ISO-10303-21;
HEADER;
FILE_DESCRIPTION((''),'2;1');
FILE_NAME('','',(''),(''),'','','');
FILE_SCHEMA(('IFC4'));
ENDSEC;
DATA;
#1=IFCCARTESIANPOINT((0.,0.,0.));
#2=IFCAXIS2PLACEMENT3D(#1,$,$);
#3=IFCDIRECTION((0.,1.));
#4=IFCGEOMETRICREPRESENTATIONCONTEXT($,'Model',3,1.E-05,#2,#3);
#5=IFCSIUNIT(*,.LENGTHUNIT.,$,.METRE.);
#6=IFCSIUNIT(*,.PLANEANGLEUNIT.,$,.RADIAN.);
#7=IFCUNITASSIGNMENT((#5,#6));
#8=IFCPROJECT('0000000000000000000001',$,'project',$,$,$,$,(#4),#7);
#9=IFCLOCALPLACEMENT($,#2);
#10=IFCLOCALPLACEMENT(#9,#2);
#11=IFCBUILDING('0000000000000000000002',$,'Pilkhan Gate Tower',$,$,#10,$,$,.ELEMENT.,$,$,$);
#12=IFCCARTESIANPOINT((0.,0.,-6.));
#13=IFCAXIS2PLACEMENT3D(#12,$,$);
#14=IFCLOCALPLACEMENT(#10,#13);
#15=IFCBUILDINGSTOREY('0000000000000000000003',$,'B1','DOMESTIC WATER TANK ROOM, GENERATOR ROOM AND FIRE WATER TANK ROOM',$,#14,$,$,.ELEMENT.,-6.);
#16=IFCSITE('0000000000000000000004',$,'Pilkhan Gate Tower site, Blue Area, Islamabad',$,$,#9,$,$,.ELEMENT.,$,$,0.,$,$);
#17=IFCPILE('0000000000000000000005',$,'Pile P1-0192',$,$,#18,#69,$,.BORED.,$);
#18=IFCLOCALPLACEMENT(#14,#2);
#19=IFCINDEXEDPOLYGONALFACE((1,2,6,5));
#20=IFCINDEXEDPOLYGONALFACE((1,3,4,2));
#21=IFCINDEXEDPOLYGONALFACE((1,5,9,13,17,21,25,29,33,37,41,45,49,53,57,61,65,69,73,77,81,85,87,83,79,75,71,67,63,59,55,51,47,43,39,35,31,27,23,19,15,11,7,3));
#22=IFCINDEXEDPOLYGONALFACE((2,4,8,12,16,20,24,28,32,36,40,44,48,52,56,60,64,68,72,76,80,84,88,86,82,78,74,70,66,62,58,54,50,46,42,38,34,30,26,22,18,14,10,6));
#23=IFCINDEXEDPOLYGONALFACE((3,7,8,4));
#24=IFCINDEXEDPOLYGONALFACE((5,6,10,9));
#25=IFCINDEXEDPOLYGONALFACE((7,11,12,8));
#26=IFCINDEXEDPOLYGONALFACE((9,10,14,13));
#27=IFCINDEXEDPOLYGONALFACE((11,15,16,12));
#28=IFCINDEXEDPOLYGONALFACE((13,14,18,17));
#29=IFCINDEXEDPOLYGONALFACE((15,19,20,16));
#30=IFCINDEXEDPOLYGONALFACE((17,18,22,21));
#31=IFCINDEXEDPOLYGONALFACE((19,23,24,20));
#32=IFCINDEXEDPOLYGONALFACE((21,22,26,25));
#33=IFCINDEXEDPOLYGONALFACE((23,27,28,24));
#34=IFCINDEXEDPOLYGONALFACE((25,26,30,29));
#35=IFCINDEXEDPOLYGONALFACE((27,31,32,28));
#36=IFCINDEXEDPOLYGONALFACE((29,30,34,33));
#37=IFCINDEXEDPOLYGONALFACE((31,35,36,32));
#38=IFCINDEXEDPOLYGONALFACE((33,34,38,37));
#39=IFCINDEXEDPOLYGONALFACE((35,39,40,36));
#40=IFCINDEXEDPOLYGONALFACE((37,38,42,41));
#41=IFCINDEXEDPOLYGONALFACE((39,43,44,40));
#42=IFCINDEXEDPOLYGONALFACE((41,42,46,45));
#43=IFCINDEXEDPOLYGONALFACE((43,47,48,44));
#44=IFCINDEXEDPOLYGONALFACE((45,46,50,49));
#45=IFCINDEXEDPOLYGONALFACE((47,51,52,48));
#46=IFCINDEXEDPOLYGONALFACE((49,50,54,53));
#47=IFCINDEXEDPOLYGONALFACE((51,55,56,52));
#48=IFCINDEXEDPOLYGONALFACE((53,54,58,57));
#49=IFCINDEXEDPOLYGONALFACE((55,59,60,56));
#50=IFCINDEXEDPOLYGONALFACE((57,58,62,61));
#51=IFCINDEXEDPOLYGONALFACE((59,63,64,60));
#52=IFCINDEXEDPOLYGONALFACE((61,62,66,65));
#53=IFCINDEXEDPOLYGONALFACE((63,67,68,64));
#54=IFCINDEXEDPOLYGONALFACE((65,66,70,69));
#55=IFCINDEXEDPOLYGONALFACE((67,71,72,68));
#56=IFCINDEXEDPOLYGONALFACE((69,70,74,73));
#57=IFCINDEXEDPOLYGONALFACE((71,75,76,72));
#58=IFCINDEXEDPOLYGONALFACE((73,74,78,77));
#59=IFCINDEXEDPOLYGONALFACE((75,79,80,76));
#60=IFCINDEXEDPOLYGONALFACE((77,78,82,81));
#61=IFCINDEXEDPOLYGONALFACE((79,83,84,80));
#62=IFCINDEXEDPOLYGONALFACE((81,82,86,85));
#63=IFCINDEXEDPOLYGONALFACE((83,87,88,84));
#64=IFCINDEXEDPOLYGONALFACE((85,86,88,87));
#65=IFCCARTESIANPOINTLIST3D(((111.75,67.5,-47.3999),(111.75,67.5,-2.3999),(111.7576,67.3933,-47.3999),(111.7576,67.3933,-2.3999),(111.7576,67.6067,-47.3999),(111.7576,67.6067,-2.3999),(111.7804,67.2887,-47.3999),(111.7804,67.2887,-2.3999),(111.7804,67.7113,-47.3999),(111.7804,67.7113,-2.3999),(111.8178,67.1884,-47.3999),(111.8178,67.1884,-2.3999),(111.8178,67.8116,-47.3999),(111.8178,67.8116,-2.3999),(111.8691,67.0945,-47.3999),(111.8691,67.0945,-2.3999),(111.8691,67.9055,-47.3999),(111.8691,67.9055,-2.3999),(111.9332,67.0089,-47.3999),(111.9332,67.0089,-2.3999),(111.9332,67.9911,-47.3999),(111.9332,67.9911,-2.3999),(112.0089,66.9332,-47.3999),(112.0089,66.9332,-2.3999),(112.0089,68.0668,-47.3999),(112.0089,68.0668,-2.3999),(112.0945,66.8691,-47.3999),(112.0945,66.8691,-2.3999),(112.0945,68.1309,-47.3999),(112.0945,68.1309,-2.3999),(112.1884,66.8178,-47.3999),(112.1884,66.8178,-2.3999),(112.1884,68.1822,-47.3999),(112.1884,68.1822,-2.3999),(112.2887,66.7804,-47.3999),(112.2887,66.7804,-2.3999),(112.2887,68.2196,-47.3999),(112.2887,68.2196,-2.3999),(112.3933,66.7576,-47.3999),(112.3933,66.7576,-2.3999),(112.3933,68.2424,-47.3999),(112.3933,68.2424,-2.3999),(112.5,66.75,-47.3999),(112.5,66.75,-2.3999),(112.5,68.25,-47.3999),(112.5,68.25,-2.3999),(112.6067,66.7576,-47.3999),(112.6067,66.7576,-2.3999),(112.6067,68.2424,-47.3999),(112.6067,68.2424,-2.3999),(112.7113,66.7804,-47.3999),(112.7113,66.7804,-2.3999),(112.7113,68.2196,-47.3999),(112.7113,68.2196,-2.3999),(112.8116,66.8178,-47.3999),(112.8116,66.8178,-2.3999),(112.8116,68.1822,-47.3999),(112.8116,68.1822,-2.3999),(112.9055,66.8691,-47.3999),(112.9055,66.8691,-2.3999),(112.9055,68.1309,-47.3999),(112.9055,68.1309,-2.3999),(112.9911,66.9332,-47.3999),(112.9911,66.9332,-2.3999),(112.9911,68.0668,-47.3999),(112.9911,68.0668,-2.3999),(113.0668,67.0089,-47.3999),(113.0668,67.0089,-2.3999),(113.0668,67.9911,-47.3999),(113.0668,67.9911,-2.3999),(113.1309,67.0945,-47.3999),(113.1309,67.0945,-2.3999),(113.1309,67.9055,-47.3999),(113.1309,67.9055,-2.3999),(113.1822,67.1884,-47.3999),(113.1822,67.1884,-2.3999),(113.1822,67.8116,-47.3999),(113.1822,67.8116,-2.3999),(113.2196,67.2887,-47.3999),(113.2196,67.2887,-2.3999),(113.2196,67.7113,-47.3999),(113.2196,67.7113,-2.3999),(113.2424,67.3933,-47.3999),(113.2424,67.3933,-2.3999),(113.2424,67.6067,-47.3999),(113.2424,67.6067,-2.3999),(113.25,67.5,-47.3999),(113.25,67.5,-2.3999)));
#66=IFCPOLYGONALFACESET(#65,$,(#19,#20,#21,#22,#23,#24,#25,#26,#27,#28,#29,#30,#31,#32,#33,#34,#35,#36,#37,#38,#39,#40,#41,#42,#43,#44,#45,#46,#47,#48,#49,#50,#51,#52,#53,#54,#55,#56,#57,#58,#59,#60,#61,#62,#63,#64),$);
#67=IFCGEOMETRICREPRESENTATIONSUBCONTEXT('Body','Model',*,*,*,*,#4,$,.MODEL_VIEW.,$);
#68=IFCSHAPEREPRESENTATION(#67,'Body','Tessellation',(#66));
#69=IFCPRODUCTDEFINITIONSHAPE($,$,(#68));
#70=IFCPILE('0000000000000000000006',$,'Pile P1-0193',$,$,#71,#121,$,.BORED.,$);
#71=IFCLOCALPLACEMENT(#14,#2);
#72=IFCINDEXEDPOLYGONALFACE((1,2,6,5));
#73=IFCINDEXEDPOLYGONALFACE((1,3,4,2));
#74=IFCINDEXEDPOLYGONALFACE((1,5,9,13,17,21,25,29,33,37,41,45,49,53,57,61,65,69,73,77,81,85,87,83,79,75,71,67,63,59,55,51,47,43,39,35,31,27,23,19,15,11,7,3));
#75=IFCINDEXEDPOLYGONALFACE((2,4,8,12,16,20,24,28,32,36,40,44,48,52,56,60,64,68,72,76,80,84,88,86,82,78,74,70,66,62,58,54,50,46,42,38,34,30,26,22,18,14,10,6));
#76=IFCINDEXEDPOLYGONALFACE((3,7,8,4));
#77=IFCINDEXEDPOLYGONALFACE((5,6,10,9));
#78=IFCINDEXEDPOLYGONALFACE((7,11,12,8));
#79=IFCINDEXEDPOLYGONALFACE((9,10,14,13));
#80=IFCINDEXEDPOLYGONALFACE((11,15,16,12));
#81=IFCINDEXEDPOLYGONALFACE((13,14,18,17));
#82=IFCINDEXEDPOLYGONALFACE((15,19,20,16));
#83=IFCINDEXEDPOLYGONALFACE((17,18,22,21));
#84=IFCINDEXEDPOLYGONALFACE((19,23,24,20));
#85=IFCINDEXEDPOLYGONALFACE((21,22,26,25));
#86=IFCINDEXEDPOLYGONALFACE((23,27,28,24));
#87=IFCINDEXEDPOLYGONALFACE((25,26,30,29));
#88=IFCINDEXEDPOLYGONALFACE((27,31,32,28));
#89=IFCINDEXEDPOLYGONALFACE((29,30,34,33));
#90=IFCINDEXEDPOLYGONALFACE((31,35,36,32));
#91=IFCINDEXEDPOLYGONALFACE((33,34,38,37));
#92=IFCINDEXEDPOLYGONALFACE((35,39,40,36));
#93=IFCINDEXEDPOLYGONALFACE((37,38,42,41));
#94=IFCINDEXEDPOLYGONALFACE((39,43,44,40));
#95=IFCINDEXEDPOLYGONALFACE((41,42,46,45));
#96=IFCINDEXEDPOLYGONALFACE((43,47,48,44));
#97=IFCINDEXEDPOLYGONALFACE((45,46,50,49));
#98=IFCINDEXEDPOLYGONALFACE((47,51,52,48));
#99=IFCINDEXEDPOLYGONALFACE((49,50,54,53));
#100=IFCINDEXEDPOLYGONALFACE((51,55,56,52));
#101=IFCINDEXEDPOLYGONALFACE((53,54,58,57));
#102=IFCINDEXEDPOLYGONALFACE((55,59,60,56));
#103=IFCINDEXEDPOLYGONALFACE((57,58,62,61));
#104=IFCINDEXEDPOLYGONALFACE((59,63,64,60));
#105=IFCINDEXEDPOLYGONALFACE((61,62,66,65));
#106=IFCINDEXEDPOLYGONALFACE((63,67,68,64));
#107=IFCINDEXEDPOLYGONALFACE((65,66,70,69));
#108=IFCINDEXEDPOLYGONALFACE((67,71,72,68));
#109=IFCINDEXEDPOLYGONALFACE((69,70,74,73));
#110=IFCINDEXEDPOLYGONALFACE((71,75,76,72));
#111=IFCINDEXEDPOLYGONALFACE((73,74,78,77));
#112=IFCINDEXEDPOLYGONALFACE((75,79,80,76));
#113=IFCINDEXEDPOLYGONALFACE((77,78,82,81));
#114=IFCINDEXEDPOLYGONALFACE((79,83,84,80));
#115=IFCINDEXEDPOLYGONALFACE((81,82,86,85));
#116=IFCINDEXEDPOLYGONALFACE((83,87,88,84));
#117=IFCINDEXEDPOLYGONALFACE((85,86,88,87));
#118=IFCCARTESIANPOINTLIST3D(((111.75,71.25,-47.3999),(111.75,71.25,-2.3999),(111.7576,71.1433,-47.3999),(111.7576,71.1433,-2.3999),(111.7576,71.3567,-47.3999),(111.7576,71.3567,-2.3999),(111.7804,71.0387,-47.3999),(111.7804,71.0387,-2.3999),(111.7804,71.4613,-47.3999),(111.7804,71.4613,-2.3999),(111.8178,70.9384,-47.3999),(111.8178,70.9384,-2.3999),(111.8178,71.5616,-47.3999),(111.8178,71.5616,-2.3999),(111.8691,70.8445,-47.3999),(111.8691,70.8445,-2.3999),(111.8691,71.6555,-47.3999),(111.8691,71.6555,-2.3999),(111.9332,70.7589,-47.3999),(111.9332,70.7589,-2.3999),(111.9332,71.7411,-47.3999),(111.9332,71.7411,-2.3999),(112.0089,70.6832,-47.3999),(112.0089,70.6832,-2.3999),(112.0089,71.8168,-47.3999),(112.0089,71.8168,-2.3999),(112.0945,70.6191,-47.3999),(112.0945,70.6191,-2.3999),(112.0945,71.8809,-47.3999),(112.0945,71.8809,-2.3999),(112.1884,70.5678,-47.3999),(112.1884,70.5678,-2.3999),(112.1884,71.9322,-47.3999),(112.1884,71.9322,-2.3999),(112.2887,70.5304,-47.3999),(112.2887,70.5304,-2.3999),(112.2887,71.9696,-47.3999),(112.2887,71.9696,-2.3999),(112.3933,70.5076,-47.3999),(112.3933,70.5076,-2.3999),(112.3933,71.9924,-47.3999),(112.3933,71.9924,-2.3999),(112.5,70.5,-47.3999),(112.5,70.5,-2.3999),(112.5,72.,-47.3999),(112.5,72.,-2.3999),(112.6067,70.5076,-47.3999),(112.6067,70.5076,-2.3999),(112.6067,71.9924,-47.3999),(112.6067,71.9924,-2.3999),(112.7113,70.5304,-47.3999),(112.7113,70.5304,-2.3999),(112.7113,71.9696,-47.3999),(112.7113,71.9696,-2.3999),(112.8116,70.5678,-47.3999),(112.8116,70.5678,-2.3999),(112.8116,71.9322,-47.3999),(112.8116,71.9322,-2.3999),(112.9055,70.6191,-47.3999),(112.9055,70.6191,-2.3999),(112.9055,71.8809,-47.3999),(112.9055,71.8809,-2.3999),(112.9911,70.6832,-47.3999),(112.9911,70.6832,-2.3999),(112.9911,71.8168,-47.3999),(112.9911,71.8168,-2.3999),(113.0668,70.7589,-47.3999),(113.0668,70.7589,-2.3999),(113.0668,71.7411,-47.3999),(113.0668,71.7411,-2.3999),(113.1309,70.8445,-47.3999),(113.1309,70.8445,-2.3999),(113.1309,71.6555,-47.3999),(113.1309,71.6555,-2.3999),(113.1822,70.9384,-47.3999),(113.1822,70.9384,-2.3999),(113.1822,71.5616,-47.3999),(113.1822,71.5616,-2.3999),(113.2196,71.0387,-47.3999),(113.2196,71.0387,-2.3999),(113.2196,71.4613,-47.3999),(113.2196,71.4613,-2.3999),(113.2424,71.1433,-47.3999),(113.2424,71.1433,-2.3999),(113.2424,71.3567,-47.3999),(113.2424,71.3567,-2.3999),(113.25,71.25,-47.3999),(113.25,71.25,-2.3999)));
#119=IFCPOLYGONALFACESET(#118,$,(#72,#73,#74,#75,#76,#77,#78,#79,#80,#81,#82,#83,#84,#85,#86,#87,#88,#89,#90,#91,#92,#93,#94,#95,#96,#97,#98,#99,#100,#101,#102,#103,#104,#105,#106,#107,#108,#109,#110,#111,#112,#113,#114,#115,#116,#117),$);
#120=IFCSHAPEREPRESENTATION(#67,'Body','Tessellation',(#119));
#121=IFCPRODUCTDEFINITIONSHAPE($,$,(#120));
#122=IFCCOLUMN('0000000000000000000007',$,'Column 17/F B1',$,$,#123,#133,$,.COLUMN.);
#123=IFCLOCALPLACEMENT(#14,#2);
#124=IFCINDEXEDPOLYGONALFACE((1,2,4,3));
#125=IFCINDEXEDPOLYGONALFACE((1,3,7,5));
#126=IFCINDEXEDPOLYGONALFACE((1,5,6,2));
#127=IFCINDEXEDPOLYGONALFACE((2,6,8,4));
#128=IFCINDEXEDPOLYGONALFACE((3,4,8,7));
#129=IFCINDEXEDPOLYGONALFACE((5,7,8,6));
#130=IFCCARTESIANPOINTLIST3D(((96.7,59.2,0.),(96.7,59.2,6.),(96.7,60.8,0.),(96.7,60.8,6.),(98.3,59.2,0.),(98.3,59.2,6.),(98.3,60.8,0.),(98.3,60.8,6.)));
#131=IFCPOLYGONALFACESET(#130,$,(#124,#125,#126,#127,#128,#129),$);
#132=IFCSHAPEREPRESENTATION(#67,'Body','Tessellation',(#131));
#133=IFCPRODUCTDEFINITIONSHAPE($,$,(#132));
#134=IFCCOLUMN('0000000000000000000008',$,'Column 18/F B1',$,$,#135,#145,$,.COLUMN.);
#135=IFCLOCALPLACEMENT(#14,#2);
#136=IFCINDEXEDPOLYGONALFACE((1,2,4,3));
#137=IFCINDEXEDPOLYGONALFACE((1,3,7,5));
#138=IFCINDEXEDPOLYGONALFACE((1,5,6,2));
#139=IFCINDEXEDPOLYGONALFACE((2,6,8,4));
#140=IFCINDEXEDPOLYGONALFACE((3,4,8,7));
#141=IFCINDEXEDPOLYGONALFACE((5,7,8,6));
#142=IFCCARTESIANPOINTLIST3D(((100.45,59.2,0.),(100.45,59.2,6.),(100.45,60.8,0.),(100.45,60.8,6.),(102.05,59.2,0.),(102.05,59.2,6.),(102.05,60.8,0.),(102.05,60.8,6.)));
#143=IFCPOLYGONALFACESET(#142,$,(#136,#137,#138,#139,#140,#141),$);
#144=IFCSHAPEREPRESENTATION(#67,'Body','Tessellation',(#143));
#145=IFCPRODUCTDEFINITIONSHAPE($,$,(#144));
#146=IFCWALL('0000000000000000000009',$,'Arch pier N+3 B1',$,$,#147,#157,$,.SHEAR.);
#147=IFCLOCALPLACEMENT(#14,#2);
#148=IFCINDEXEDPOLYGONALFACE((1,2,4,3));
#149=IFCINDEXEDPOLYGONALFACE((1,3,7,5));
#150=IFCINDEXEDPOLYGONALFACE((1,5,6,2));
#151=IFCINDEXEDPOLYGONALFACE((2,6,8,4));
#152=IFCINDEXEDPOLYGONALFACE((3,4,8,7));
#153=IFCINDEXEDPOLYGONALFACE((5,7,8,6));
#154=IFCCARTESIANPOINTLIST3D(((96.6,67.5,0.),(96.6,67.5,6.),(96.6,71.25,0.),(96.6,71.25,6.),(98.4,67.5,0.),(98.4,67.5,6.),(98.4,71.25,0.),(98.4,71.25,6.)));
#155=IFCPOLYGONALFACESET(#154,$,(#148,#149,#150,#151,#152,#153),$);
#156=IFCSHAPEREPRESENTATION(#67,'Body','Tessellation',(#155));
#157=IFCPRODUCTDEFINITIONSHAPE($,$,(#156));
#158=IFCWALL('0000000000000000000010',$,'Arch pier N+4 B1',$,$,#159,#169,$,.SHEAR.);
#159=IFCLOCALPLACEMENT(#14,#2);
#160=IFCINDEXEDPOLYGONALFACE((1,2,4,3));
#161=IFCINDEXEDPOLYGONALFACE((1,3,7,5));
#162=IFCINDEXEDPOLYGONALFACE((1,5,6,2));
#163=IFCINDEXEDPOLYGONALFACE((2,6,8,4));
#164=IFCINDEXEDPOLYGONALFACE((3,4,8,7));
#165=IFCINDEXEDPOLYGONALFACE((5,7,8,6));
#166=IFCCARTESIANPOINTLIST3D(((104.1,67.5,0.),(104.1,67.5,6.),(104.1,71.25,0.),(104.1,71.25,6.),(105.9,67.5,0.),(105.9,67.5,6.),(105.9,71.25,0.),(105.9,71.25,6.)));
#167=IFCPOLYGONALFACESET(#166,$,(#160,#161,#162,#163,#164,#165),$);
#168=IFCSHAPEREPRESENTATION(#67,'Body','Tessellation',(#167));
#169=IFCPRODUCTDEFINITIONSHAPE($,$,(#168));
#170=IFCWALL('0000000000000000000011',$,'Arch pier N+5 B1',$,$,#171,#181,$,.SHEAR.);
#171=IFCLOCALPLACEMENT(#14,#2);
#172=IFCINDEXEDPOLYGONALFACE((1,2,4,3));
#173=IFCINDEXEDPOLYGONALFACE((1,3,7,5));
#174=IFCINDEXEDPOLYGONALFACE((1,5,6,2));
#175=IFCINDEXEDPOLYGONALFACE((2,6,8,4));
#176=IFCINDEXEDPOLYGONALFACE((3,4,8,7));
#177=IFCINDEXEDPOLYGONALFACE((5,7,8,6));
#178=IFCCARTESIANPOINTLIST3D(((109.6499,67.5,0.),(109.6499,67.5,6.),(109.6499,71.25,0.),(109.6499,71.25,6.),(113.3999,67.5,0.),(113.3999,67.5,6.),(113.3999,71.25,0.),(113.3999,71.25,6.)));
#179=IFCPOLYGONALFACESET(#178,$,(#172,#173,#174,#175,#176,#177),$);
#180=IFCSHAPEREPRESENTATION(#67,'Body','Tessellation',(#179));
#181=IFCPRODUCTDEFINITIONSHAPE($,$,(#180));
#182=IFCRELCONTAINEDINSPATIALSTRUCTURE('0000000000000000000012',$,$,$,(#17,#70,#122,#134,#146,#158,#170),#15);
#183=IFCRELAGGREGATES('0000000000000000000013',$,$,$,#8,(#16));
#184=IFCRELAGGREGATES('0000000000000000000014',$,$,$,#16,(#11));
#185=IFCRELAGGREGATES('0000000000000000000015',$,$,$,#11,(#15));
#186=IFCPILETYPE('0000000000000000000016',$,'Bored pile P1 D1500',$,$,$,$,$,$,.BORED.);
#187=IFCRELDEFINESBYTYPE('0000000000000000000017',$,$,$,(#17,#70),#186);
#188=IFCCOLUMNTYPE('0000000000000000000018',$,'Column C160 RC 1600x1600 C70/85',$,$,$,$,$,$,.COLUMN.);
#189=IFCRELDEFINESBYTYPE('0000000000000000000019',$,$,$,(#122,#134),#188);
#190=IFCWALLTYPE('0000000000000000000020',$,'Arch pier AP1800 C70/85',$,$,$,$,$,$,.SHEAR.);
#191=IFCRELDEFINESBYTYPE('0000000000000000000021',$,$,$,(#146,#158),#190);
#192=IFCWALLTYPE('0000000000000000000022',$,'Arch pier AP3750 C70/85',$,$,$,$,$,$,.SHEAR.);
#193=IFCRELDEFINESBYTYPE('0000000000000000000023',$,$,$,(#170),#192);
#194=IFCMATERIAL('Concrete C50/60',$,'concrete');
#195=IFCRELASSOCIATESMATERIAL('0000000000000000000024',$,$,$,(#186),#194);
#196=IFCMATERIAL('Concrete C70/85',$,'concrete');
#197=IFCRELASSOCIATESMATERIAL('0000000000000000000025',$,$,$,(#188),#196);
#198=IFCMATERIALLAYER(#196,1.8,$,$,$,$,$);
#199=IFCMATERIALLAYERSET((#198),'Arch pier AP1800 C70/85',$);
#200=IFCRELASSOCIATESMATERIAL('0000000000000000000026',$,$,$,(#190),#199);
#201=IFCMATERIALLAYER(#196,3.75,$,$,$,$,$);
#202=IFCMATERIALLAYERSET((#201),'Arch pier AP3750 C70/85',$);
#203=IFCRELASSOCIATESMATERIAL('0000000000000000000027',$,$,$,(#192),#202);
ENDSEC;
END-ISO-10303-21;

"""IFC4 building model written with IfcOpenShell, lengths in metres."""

from ifc_helpers import new_model, si_unit, direction, frame, frame_2d, origin, origin_2d, place, context, subcontext, project, spatial, rectangle, circle, extrude, material, layer, layer_set, material_profile, profile_set, type_object, element, save


model = new_model("IFC4")

# Units and contexts
model_context = context("Model", 3, precision=1e-05, world=origin(), true_north=direction((0.0, 1.0)))
body_context = subcontext(model_context, "Body", "Model", "MODEL_VIEW")
ifc_project = project(units=[si_unit("LENGTHUNIT", "METRE"), si_unit("PLANEANGLEUNIT", "RADIAN")], contexts=[model_context])

# Site, building, storey
site_placement = place(None, origin())
site = spatial("IfcSite", under=ifc_project, at=site_placement, Name="Pilkhan Gate Tower site, Blue Area, Islamabad", CompositionType="ELEMENT", RefElevation=0.0)
building_placement = place(site_placement, origin())
building = spatial("IfcBuilding", under=site, at=building_placement, Name="Pilkhan Gate Tower", CompositionType="ELEMENT")
storey_placement = place(building_placement, frame((0.0, 0.0, -6.0)))
storey = spatial("IfcBuildingStorey", under=building, at=storey_placement, Name="B1", Description="DOMESTIC WATER TANK ROOM, GENERATOR ROOM AND FIRE WATER TANK ROOM", CompositionType="ELEMENT", Elevation=-6.0)

# Piles
ifc_material_1 = material(Name="Concrete C50/60", Category="concrete")
ifc_material_profile_1 = material_profile(ifc_material_1, circle(Radius=0.75, at=origin_2d()), Name="Bored pile 1500 dia")
ifc_profile_set_1 = profile_set([ifc_material_profile_1], Name="Concrete C50/60")
pile_type = type_object("IfcPileType", Name="Bored pile P1 D1500", PredefinedType="BORED", material=ifc_profile_set_1)
for number, where, z_axis, x_axis, name in (
    (1, (112.5, 67.5, -2.3999), (0.0, 0.0, -1.0), (1.0, 0.0, 0.0), "Pile P1-0192"),
    (2, (112.5, 71.25, -2.3999), (0.0, 0.0, -1.0), (1.0, 0.0, 0.0), "Pile P1-0193"),
):
    element("IfcPile", number, at=place(storey_placement, frame(where, z_axis=z_axis, x_axis=x_axis)), inside=storey, type_object=pile_type, Name=name, PredefinedType="BORED", context=body_context, shape_type="SweptSolid", body=[
        extrude(circle(Radius=0.75, at=origin_2d()), origin(), (0.0, 0.0, 1.0), 45.0),
    ])

# Columns
ifc_material_2 = material(Name="Concrete C70/85", Category="concrete")
ifc_material_profile_2 = material_profile(ifc_material_2, rectangle(XDim=1.6001, YDim=1.6001, at=origin_2d()), Name="RC 1600x1600")
ifc_profile_set_2 = profile_set([ifc_material_profile_2], Name="Concrete C70/85")
column_type = type_object("IfcColumnType", Name="Column C160 RC 1600x1600 C70/85", PredefinedType="COLUMN", material=ifc_profile_set_2)
for number, where, z_axis, x_axis, name in (
    (3, (97.5, 60.0, 0.0), (0.0, 0.0, 1.0), (1.0, 0.0, 0.0), "Column 17/F B1"),
    (4, (101.25, 60.0, 0.0), (0.0, 0.0, 1.0), (1.0, 0.0, 0.0), "Column 18/F B1"),
):
    element("IfcColumn", number, at=place(storey_placement, frame(where, z_axis=z_axis, x_axis=x_axis)), inside=storey, type_object=column_type, Name=name, PredefinedType="COLUMN", context=body_context, shape_type="SweptSolid", body=[
        extrude(rectangle(XDim=1.6001, YDim=1.6001, at=origin_2d()), origin(), (0.0, 0.0, 1.0), 6.0),
    ])

# Walls
ifc_layer_1 = layer(ifc_material_2, 1.8)
ifc_layer_set_1 = layer_set([ifc_layer_1], Name="Arch pier AP1800 C70/85")
wall_type_1 = type_object("IfcWallType", Name="Arch pier AP1800 C70/85", PredefinedType="SHEAR", material=ifc_layer_set_1)
for number, where, z_axis, x_axis, name in (
    (5, (97.5, 67.5, 0.0), (0.0, 0.0, 1.0), (0.0, 1.0, 0.0), "Arch pier N+3 B1"),
    (6, (105.0, 67.5, 0.0), (0.0, 0.0, 1.0), (0.0, 1.0, 0.0), "Arch pier N+4 B1"),
):
    element("IfcWall", number, at=place(storey_placement, frame(where, z_axis=z_axis, x_axis=x_axis)), inside=storey, type_object=wall_type_1, Name=name, PredefinedType="SHEAR", context=body_context, shape_type="SweptSolid", body=[
        extrude(rectangle(XDim=3.75, YDim=1.8, at=frame_2d((1.875, 0.0))), origin(), (0.0, 0.0, 1.0), 6.0),
    ])
ifc_layer_2 = layer(ifc_material_2, 3.75)
ifc_layer_set_2 = layer_set([ifc_layer_2], Name="Arch pier AP3750 C70/85")
wall_type_2 = type_object("IfcWallType", Name="Arch pier AP3750 C70/85", PredefinedType="SHEAR", material=ifc_layer_set_2)
wall_1_placement = place(storey_placement, frame((111.5249, 67.5, 0.0), z_axis=(0.0, 0.0, 1.0), x_axis=(0.0, 1.0, 0.0)))
element("IfcWall", 7, at=wall_1_placement, inside=storey, type_object=wall_type_2, Name="Arch pier N+5 B1", PredefinedType="SHEAR", context=body_context, shape_type="SweptSolid", body=[
    extrude(rectangle(XDim=3.75, YDim=3.75, at=frame_2d((1.875, 0.0))), origin(), (0.0, 0.0, 1.0), 6.0),
])

save(model, "model.ifc")
